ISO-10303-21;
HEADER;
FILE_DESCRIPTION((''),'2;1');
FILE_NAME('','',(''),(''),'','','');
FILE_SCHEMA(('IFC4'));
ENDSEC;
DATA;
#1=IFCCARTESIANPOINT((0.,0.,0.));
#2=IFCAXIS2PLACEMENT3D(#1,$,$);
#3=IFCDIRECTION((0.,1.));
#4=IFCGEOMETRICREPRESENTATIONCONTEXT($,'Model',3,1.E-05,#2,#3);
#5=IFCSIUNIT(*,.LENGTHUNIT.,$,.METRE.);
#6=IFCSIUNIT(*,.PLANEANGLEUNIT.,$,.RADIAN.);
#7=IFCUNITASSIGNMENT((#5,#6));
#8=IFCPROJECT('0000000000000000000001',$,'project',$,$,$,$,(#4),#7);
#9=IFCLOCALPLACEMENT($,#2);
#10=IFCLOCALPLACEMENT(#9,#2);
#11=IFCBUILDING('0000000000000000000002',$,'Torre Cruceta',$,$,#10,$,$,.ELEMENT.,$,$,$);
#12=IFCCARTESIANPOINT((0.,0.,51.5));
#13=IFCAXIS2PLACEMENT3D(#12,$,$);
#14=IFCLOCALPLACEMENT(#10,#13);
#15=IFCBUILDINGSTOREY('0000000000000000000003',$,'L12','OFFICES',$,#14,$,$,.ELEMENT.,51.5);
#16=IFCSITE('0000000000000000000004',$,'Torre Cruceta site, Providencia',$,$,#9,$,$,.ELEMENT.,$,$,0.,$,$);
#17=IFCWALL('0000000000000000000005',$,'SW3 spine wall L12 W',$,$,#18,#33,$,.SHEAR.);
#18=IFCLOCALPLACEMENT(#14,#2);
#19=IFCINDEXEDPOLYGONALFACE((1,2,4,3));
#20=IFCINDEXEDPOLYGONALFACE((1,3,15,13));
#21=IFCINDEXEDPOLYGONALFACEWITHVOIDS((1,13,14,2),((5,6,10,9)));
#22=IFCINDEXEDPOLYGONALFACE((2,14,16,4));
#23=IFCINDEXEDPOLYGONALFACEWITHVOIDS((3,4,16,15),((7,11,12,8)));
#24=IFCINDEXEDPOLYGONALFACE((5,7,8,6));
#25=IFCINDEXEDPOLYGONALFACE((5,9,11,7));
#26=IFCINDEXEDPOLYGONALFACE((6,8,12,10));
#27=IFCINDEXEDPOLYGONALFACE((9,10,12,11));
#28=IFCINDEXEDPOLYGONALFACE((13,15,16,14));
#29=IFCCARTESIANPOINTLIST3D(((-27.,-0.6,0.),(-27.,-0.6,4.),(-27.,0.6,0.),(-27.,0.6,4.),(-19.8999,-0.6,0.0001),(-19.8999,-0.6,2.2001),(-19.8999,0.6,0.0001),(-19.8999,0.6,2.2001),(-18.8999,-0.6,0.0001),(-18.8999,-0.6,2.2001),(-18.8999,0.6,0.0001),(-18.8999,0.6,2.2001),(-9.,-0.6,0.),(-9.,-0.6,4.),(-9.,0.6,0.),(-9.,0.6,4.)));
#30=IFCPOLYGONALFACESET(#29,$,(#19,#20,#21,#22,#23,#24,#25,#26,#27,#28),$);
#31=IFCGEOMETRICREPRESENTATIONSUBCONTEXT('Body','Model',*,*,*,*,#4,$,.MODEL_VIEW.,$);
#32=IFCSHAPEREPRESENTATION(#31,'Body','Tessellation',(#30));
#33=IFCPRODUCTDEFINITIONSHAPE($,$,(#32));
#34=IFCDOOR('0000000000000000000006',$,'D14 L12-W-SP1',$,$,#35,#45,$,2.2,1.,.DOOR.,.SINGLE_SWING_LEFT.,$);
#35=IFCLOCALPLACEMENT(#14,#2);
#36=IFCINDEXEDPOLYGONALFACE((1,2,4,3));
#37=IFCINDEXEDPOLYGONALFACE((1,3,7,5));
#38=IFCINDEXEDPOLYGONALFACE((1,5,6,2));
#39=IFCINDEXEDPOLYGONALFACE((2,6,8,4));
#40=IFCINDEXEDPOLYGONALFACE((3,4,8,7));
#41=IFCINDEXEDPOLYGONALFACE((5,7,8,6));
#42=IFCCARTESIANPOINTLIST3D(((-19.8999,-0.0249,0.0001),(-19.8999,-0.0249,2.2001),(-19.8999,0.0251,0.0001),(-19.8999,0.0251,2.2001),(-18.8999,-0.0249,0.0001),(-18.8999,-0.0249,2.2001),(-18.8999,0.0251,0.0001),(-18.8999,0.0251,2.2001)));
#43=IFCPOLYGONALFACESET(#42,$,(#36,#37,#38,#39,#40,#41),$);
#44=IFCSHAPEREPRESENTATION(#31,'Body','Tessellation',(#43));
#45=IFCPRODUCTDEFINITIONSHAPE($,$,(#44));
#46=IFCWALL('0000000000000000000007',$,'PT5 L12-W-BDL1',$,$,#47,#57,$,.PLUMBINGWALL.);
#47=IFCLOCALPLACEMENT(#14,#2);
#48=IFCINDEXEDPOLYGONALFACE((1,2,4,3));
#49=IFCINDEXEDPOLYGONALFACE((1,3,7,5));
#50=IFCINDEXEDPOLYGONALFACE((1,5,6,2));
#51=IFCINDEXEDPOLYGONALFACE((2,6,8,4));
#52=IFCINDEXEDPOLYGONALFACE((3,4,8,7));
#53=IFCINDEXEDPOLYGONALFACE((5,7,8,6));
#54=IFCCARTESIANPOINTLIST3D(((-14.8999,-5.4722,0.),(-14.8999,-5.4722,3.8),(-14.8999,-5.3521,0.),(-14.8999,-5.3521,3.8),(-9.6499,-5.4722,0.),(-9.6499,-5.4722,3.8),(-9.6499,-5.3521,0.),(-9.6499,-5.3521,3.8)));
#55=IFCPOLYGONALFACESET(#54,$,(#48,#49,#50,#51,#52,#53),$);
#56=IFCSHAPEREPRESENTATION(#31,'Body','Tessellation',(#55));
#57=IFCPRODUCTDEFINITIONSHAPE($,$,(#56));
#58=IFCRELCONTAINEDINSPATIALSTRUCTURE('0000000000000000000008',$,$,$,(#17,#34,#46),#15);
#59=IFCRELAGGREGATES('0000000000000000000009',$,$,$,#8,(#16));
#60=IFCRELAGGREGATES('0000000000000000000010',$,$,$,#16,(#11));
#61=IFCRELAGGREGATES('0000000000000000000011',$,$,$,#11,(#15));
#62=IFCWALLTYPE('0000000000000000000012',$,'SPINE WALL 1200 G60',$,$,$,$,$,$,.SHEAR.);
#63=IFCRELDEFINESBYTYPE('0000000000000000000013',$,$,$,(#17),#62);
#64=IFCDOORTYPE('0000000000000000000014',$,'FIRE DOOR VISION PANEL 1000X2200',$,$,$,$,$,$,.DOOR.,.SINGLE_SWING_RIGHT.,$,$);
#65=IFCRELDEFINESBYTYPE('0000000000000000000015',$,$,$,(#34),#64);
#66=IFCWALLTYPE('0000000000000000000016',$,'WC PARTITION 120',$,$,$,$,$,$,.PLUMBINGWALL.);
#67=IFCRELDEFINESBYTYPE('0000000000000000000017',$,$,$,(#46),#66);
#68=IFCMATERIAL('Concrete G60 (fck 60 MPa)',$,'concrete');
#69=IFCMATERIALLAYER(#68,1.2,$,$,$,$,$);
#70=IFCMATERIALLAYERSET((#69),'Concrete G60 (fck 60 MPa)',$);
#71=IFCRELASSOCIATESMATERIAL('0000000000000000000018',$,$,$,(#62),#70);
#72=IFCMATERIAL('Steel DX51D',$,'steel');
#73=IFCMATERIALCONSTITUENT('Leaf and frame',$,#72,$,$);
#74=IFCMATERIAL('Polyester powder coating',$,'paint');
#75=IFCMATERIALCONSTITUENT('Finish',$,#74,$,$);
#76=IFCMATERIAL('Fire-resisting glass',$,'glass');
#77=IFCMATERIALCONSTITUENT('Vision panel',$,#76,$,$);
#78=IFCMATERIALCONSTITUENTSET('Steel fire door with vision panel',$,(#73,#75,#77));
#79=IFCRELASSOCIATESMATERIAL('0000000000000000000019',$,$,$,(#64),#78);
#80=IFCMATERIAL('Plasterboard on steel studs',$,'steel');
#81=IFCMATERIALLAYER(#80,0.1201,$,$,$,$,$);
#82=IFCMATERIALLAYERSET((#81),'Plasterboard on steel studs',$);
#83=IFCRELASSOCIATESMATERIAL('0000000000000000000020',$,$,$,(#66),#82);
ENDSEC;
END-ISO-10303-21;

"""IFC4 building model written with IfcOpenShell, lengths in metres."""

from ifc_helpers import new_model, si_unit, direction, frame, frame_2d, origin, place, context, subcontext, project, spatial, rectangle, extrude, material, layer, layer_set, constituent, constituent_set, type_object, element, fill, save


model = new_model("IFC4")

# Units and contexts
model_context = context("Model", 3, precision=1e-05, world=origin(), true_north=direction((0.0, 1.0)))
body_context = subcontext(model_context, "Body", "Model", "MODEL_VIEW")
ifc_project = project(units=[si_unit("LENGTHUNIT", "METRE"), si_unit("PLANEANGLEUNIT", "RADIAN")], contexts=[model_context])

# Site, building, storey
site_placement = place(None, origin())
site = spatial("IfcSite", under=ifc_project, at=site_placement, Name="Torre Cruceta site, Providencia", CompositionType="ELEMENT", RefElevation=0.0)
building_placement = place(site_placement, origin())
building = spatial("IfcBuilding", under=site, at=building_placement, Name="Torre Cruceta", CompositionType="ELEMENT")
storey_placement = place(building_placement, frame((0.0, 0.0, 51.5)))
storey = spatial("IfcBuildingStorey", under=building, at=storey_placement, Name="L12", Description="OFFICES", CompositionType="ELEMENT", Elevation=51.5)

# Wall, opening, door
ifc_material_1 = material(Name="Concrete G60 (fck 60 MPa)", Category="concrete")
ifc_layer_1 = layer(ifc_material_1, 1.2)
ifc_layer_set_1 = layer_set([ifc_layer_1], Name="Concrete G60 (fck 60 MPa)")
wall_type_1 = type_object("IfcWallType", Name="SPINE WALL 1200 G60", PredefinedType="SHEAR", material=ifc_layer_set_1)
wall_1_placement = place(storey_placement, frame((-9.0, 0.0, 0.0), z_axis=(0.0, 0.0, 1.0), x_axis=(-1.0, 0.0, 0.0)))
wall_1 = element("IfcWall", 1, at=wall_1_placement, inside=storey, type_object=wall_type_1, Name="SW3 spine wall L12 W", PredefinedType="SHEAR", context=body_context, shape_type="SweptSolid", body=[
    extrude(rectangle(XDim=18.0, YDim=1.2, at=frame_2d((9.0, 0.0))), origin(), (0.0, 0.0, 1.0), 4.0),
])
opening_1_placement = place(wall_1_placement, frame((9.8999, 0.0, 0.0)))
opening_1 = element("IfcOpeningElement", 2, at=opening_1_placement, cuts=wall_1, PredefinedType="OPENING", context=body_context, shape_type="SweptSolid", body=[
    extrude(rectangle(XDim=1.0, YDim=2.2, at=frame_2d((0.5, 1.1001))), frame((0.0, 0.6099, 0.0), z_axis=(0.0, -1.0, 0.0), x_axis=(1.0, 0.0, 0.0)), (0.0, 0.0, 1.0), 1.22),
])
ifc_material_2 = material(Name="Steel DX51D", Category="steel")
ifc_constituent_1 = constituent(ifc_material_2, Name="Leaf and frame")
ifc_material_3 = material(Name="Polyester powder coating", Category="paint")
ifc_constituent_2 = constituent(ifc_material_3, Name="Finish")
ifc_material_4 = material(Name="Fire-resisting glass", Category="glass")
ifc_constituent_3 = constituent(ifc_material_4, Name="Vision panel")
ifc_constituent_set_1 = constituent_set(constituents=[ifc_constituent_1, ifc_constituent_2, ifc_constituent_3], Name="Steel fire door with vision panel")
door_type_1 = type_object("IfcDoorType", Name="FIRE DOOR VISION PANEL 1000X2200", OperationType="SINGLE_SWING_RIGHT", PredefinedType="DOOR", material=ifc_constituent_set_1)
door_1_placement = place(opening_1_placement, frame((1.0, 0.0, 0.0), z_axis=(0.0, 0.0, 1.0), x_axis=(-1.0, 0.0, 0.0)))
door_1 = element("IfcDoor", 3, at=door_1_placement, inside=storey, type_object=door_type_1, Name="D14 L12-W-SP1", OperationType="SINGLE_SWING_LEFT", OverallHeight=2.2, OverallWidth=1.0, PredefinedType="DOOR", context=body_context, shape_type="SweptSolid", body=[
    extrude(rectangle(XDim=1.0, YDim=2.2, at=frame_2d((0.5, 1.1001))), frame((0.0, 0.0251, 0.0), z_axis=(0.0, -1.0, 0.0), x_axis=(1.0, 0.0, 0.0)), (0.0, 0.0, 1.0), 0.05),
])
fill(opening_1, door_1)

# Wall
ifc_material_5 = material(Name="Plasterboard on steel studs", Category="steel")
ifc_layer_2 = layer(ifc_material_5, 0.1201)
ifc_layer_set_2 = layer_set([ifc_layer_2], Name="Plasterboard on steel studs")
wall_type_2 = type_object("IfcWallType", Name="WC PARTITION 120", PredefinedType="PLUMBINGWALL", material=ifc_layer_set_2)
wall_2_placement = place(storey_placement, frame((-9.6499, -5.4121, 0.0), z_axis=(0.0, 0.0, 1.0), x_axis=(-1.0, 0.0, 0.0)))
element("IfcWall", 4, at=wall_2_placement, inside=storey, type_object=wall_type_2, Name="PT5 L12-W-BDL1", PredefinedType="PLUMBINGWALL", context=body_context, shape_type="SweptSolid", body=[
    extrude(rectangle(XDim=5.25, YDim=0.1201, at=frame_2d((2.625, 0.0))), origin(), (0.0, 0.0, 1.0), 3.8),
])

save(model, "model.ifc")
